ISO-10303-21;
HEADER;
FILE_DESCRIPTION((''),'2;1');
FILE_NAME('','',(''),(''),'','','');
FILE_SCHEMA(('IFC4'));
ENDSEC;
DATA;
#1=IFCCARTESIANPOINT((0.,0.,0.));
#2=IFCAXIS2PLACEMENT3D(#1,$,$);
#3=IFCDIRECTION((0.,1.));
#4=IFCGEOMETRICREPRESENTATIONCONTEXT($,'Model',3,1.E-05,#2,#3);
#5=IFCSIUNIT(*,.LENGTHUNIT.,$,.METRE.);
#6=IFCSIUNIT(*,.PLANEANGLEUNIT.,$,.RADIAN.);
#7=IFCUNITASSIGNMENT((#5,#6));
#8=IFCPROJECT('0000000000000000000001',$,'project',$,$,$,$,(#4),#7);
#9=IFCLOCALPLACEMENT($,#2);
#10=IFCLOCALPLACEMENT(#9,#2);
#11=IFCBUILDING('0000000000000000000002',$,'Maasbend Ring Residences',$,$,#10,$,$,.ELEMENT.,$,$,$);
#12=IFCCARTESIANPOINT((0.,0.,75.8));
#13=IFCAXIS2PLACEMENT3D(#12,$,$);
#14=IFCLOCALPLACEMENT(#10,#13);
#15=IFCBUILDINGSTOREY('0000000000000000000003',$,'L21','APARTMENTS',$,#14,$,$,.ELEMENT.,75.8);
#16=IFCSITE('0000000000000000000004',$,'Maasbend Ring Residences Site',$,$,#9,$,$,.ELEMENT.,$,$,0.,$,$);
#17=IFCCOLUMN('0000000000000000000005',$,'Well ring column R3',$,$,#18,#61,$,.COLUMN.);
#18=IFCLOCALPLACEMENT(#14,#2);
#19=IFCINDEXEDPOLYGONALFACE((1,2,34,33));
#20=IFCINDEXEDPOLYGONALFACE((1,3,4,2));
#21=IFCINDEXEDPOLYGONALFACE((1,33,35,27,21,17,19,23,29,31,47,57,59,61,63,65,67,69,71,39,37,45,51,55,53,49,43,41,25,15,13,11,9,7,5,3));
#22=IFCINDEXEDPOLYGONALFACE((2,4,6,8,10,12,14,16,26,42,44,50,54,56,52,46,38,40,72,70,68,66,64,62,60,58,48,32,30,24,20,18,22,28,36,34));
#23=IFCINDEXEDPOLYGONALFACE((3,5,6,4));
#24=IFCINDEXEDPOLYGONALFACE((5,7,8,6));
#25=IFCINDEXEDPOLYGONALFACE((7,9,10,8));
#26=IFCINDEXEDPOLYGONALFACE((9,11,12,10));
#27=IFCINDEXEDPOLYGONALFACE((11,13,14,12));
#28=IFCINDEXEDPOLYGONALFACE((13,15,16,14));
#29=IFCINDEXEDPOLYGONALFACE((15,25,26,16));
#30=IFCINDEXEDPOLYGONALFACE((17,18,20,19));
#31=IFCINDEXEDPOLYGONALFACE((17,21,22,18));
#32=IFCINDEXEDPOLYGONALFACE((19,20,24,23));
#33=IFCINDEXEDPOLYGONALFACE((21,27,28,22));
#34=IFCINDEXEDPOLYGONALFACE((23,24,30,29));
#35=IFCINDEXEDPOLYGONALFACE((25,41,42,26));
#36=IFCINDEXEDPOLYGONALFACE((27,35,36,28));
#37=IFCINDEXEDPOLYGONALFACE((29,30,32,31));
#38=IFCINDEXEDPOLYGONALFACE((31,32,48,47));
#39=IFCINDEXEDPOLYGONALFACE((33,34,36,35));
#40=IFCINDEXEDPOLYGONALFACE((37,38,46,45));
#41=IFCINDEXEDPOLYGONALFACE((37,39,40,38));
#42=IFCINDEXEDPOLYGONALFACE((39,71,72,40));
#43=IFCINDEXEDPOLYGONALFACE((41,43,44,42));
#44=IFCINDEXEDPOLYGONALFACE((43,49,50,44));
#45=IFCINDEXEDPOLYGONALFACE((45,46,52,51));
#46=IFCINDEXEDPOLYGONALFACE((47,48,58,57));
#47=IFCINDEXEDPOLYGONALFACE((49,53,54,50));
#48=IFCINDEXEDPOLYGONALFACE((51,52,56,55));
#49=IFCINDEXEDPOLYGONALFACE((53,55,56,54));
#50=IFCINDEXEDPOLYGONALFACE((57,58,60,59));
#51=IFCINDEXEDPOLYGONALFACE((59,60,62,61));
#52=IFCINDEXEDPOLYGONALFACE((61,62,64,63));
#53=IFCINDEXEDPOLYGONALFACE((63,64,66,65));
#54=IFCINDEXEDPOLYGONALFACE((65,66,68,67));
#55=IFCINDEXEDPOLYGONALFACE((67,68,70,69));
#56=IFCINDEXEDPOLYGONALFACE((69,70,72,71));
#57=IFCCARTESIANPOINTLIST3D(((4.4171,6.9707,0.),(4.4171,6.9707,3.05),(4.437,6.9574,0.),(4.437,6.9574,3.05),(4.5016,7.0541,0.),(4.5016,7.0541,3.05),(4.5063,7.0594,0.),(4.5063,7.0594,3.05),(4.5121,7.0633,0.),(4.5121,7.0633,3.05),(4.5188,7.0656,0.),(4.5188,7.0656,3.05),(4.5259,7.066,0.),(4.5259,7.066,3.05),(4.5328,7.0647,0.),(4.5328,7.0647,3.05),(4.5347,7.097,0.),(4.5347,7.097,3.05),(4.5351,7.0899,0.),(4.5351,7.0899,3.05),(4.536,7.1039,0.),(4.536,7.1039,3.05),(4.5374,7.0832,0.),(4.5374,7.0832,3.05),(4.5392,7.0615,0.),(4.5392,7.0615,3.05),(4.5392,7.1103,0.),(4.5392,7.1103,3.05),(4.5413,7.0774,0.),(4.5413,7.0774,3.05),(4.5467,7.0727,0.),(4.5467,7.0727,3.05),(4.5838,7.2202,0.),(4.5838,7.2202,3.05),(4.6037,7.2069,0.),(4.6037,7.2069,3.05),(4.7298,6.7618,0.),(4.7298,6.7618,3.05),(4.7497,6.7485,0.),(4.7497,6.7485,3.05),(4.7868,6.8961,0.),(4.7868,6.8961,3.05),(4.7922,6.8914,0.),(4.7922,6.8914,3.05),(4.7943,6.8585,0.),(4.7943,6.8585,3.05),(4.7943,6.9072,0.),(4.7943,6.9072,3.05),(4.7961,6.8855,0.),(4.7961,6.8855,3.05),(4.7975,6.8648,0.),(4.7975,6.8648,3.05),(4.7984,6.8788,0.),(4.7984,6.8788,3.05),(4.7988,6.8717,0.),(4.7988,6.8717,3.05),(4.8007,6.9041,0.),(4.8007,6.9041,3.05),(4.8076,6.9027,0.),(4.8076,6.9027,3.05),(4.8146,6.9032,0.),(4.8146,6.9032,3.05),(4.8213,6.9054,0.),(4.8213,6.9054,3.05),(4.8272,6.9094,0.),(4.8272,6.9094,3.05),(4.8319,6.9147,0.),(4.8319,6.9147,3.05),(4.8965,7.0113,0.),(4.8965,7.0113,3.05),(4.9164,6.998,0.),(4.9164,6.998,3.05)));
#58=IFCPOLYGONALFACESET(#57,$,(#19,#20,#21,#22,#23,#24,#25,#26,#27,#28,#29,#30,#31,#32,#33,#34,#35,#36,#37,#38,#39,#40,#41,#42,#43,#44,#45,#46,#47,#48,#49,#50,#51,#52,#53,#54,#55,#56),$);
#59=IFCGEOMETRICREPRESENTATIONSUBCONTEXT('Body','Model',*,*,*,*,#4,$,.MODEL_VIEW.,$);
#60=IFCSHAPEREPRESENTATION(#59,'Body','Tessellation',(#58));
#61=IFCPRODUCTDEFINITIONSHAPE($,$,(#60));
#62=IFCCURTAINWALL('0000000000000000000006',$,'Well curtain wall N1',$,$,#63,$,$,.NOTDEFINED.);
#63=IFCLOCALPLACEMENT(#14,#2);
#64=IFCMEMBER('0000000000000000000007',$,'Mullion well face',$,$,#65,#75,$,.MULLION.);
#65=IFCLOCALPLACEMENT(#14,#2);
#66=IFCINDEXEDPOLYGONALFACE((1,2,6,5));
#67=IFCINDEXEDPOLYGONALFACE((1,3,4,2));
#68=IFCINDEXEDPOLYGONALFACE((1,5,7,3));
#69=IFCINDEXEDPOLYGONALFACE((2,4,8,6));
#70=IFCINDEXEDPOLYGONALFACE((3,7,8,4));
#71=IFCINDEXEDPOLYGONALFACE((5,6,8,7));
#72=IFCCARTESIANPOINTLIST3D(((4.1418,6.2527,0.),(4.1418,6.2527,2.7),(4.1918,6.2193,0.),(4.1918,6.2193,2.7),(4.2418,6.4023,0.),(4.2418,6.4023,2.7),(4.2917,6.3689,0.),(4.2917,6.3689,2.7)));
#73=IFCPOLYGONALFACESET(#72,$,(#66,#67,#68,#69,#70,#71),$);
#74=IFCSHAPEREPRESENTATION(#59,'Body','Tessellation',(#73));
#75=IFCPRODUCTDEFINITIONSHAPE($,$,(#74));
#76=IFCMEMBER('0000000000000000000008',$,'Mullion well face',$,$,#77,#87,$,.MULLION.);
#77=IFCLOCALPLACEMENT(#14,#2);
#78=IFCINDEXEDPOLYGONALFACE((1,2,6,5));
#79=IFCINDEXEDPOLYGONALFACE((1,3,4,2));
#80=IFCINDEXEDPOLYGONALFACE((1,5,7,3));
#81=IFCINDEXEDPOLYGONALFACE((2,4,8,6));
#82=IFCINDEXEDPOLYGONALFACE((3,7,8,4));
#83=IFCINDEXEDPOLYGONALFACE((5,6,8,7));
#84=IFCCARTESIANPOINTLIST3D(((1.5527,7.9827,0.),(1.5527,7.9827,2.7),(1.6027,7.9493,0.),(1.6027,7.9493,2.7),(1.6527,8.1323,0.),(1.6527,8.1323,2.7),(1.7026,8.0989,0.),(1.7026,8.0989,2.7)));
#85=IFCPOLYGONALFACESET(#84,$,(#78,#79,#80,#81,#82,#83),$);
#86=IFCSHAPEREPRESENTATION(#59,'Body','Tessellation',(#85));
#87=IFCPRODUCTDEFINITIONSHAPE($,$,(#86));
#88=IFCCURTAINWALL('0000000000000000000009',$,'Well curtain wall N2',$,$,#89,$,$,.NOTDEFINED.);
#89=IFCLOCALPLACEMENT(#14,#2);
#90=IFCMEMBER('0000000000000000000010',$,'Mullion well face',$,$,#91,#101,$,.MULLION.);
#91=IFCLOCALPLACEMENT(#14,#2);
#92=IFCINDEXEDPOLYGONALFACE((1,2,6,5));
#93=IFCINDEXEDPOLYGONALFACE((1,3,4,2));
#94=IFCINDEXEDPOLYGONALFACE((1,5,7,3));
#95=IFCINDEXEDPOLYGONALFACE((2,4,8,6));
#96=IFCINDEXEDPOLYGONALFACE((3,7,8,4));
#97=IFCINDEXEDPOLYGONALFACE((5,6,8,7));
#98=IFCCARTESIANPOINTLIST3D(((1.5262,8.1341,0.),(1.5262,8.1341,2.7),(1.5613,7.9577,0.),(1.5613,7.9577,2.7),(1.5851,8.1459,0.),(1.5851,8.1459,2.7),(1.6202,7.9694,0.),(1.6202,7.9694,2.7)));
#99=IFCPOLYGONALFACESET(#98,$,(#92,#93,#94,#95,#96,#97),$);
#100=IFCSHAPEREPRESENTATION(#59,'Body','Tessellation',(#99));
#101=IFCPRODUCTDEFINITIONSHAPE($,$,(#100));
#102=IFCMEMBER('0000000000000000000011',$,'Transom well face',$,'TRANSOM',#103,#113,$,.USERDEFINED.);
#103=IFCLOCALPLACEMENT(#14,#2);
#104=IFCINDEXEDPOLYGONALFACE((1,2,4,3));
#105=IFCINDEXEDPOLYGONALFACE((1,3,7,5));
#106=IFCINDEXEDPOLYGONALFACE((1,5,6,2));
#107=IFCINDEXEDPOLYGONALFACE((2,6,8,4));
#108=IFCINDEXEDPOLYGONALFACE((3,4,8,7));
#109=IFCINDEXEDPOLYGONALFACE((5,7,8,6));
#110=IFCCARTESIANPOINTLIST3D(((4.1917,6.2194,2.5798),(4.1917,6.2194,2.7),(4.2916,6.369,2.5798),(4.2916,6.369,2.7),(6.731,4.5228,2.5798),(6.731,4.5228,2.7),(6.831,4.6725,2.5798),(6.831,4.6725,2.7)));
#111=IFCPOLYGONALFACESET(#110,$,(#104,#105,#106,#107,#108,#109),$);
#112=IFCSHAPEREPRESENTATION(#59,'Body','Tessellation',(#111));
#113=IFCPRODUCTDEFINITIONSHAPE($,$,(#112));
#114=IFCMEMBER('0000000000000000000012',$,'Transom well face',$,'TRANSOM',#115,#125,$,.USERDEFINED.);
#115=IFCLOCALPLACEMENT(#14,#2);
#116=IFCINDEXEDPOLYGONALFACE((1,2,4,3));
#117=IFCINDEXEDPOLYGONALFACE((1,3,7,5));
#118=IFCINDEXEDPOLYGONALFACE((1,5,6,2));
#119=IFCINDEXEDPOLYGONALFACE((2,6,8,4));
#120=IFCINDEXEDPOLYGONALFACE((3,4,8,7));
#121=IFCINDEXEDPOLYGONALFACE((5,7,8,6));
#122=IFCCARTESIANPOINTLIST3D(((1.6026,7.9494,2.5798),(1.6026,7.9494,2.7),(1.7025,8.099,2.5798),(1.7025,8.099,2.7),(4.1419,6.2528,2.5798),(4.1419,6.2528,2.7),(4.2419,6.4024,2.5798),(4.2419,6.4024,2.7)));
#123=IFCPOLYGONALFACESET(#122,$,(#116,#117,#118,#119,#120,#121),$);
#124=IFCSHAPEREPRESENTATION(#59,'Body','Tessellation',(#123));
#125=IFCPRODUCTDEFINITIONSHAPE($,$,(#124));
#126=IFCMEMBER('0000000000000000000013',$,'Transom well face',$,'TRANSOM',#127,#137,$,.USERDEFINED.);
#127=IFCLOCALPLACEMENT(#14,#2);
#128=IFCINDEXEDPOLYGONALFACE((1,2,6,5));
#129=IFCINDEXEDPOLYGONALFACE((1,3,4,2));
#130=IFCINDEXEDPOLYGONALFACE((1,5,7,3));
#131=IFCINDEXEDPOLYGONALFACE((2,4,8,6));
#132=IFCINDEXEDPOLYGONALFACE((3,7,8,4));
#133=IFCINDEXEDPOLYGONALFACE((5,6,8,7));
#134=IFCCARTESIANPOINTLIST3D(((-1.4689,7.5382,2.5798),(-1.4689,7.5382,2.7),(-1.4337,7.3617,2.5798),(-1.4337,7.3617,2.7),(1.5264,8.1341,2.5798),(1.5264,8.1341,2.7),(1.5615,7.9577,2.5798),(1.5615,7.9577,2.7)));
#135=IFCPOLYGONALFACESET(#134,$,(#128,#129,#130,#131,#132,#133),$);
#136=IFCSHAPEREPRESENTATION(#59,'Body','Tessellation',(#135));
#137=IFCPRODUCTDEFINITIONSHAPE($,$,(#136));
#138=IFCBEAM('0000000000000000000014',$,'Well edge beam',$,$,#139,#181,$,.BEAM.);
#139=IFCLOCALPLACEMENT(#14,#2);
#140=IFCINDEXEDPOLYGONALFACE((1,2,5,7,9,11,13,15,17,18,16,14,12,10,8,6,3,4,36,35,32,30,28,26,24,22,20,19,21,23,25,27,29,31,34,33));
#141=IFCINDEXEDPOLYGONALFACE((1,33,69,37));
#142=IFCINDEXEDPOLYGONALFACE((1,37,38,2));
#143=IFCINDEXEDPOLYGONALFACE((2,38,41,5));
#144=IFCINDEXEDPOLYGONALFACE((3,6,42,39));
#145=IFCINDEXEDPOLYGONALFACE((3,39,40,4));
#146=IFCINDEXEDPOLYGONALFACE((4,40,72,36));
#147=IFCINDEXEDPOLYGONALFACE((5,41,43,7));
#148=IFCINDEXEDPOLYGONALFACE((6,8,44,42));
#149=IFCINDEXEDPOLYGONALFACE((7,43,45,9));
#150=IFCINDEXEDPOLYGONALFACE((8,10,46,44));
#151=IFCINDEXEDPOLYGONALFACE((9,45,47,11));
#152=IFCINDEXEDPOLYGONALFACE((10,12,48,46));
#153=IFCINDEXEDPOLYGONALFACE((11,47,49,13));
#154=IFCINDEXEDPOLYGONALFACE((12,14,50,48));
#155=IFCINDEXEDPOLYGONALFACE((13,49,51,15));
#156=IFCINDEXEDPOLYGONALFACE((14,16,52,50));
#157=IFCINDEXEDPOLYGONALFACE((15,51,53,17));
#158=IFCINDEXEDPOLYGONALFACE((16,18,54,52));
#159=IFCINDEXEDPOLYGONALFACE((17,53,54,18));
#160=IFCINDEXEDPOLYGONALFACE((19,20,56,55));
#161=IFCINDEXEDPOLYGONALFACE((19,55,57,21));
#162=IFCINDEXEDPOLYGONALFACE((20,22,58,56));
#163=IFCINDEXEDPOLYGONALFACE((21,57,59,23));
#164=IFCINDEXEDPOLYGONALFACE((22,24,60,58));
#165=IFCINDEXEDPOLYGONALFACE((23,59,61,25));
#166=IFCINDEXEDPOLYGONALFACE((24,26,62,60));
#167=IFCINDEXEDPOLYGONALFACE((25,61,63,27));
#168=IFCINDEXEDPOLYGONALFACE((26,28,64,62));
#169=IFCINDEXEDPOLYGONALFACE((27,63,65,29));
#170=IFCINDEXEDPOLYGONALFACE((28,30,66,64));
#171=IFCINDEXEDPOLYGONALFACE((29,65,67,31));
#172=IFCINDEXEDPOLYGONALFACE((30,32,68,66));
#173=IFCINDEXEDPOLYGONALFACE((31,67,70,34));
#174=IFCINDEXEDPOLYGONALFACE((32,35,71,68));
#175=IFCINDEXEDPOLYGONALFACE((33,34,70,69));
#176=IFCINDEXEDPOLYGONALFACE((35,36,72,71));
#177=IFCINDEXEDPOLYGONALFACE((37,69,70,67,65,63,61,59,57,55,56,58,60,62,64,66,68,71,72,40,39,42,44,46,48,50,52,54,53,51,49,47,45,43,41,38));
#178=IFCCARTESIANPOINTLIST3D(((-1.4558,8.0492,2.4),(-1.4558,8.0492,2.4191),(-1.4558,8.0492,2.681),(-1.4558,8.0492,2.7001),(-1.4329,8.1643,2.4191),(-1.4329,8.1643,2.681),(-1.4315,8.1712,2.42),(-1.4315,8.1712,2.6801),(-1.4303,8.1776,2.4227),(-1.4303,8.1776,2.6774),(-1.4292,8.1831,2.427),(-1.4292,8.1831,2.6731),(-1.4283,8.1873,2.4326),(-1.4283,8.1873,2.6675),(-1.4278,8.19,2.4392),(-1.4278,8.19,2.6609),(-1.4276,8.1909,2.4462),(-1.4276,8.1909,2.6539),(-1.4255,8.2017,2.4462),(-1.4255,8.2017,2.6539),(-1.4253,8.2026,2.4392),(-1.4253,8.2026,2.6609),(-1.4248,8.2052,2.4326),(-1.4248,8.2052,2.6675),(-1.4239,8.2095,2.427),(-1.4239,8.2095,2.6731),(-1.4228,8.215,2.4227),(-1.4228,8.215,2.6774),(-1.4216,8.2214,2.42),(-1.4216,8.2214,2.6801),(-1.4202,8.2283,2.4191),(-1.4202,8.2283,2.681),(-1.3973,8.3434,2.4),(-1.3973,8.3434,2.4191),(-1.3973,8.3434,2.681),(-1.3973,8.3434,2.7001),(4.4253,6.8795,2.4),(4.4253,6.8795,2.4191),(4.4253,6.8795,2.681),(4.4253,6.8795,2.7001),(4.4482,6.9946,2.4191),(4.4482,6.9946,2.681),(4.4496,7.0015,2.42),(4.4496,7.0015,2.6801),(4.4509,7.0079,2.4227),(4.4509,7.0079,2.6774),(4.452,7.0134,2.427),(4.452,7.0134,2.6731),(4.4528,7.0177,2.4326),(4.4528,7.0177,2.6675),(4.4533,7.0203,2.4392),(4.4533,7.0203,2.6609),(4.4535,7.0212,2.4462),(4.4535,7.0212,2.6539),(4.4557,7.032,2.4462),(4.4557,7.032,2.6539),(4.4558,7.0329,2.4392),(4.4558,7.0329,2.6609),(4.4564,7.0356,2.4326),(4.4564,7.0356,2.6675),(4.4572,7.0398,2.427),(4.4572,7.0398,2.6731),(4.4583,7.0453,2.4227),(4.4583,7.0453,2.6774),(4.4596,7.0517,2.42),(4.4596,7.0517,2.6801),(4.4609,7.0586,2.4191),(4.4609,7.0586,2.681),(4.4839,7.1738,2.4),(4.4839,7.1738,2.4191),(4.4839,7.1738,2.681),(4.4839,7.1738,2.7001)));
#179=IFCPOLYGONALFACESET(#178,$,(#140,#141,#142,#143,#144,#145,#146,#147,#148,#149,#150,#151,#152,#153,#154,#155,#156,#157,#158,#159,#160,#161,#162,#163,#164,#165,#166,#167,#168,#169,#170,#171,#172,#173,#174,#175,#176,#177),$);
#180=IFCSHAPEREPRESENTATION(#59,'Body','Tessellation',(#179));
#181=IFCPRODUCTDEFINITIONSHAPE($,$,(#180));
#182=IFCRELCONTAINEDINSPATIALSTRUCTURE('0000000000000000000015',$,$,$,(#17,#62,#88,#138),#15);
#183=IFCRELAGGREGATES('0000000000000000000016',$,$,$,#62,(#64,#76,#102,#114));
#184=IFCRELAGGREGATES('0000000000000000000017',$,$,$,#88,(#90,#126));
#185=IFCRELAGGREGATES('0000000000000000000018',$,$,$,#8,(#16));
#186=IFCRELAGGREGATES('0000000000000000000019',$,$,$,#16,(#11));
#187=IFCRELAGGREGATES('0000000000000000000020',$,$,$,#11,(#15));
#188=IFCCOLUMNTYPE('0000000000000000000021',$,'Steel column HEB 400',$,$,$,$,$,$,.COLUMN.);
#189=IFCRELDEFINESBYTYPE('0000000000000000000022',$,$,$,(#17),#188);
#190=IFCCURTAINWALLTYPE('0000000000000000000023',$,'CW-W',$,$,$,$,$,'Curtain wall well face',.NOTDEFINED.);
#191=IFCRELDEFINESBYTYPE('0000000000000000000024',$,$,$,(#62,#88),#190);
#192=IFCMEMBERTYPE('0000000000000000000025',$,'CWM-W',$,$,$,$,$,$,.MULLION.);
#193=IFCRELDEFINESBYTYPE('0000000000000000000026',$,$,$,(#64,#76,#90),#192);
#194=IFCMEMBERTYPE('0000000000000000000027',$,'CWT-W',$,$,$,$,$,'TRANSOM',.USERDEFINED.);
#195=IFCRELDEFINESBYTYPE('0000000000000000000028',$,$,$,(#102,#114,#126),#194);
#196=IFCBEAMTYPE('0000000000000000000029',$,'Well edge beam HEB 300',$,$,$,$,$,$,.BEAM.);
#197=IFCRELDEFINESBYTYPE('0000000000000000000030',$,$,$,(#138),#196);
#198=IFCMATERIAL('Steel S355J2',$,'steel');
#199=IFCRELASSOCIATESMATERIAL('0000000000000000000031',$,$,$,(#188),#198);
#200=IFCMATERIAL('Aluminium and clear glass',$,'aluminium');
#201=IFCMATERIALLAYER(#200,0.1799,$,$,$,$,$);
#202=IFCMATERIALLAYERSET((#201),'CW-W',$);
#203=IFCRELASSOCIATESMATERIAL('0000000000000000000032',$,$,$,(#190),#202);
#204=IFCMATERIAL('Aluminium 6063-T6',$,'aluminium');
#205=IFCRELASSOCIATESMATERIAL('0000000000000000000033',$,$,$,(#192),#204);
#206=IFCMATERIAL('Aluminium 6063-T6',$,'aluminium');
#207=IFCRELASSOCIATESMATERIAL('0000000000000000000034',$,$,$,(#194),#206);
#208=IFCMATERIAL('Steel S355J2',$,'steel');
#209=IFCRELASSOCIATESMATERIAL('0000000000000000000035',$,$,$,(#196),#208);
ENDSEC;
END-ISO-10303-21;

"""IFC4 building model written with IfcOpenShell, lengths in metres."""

from ifc_helpers import new_model, si_unit, direction, frame, origin, origin_2d, place, context, subcontext, project, spatial, rectangle, i_section, extrude, material, layer, layer_set, material_profile, profile_set, type_object, element, aggregate, save


model = new_model("IFC4")

# Units and contexts
model_context = context("Model", 3, precision=1e-05, world=origin(), true_north=direction((0.0, 1.0)))
body_context = subcontext(model_context, "Body", "Model", "MODEL_VIEW")
ifc_project = project(units=[si_unit("LENGTHUNIT", "METRE"), si_unit("PLANEANGLEUNIT", "RADIAN")], contexts=[model_context])

# Site, building, storey
site_placement = place(None, origin())
site = spatial("IfcSite", under=ifc_project, at=site_placement, Name="Maasbend Ring Residences Site", CompositionType="ELEMENT", RefElevation=0.0)
building_placement = place(site_placement, origin())
building = spatial("IfcBuilding", under=site, at=building_placement, Name="Maasbend Ring Residences", CompositionType="ELEMENT")
storey_placement = place(building_placement, frame((0.0, 0.0, 75.8)))
storey = spatial("IfcBuildingStorey", under=building, at=storey_placement, Name="L21", Description="APARTMENTS", CompositionType="ELEMENT", Elevation=75.8)

# Column
ifc_material_1 = material(Name="Steel S355J2", Category="steel")
ifc_material_profile_1 = material_profile(ifc_material_1, i_section(OverallWidth=0.3, OverallDepth=0.3999, WebThickness=0.0134, FlangeThickness=0.0239, FilletRadius=0.0271, at=origin_2d()), Name="HEB 400")
ifc_profile_set_1 = profile_set([ifc_material_profile_1], Name="Steel S355J2")
column_type = type_object("IfcColumnType", Name="Steel column HEB 400", PredefinedType="COLUMN", material=ifc_profile_set_1)
column_placement = place(storey_placement, frame((4.6667, 6.9844, 0.0), z_axis=(0.0, 0.0, 1.0), x_axis=(0.55557, 0.83147, 0.0)))
element("IfcColumn", 1, at=column_placement, inside=storey, type_object=column_type, Name="Well ring column R3", PredefinedType="COLUMN", context=body_context, shape_type="SweptSolid", body=[
    extrude(i_section(OverallWidth=0.3, OverallDepth=0.3999, WebThickness=0.0134, FlangeThickness=0.0239, FilletRadius=0.0271, at=origin_2d()), origin(), (0.0, 0.0, 1.0), 3.05),
])

# Curtain wall, members
ifc_material_2 = material(Name="Aluminium and clear glass", Category="aluminium")
ifc_layer_1 = layer(ifc_material_2, 0.1799)
ifc_layer_set_1 = layer_set([ifc_layer_1], Name="CW-W")
curtain_wall_type = type_object("IfcCurtainWallType", Name="CW-W", ElementType="Curtain wall well face", PredefinedType="NOTDEFINED", material=ifc_layer_set_1)
curtain_wall_1_placement = place(storey_placement, origin())
curtain_wall_1 = element("IfcCurtainWall", 2, at=curtain_wall_1_placement, inside=storey, type_object=curtain_wall_type, Name="Well curtain wall N1", PredefinedType="NOTDEFINED")
ifc_material_3 = material(Name="Aluminium 6063-T6", Category="aluminium")
ifc_material_profile_2 = material_profile(ifc_material_3, rectangle(XDim=0.1799, YDim=0.0601, at=origin_2d()), Name="AL 180x60")
ifc_profile_set_2 = profile_set([ifc_material_profile_2], Name="Aluminium 6063-T6")
member_type_1 = type_object("IfcMemberType", Name="CWM-W", PredefinedType="MULLION", material=ifc_profile_set_2)
member_1_placement = place(storey_placement, frame((4.2168, 6.3108, 0.0), z_axis=(0.0, 0.0, 1.0), x_axis=(-0.55557, -0.83147, 0.0)))
member_1 = element("IfcMember", 3, at=member_1_placement, type_object=member_type_1, Name="Mullion well face", PredefinedType="MULLION", context=body_context, shape_type="SweptSolid", body=[
    extrude(rectangle(XDim=0.1799, YDim=0.0601, at=origin_2d()), origin(), (0.0, 0.0, 1.0), 2.7),
])
member_2_placement = place(storey_placement, frame((1.6277, 8.0408, 0.0), z_axis=(0.0, 0.0, 1.0), x_axis=(-0.55557, -0.83147, 0.0)))
member_2 = element("IfcMember", 4, at=member_2_placement, type_object=member_type_1, Name="Mullion well face", PredefinedType="MULLION", context=body_context, shape_type="SweptSolid", body=[
    extrude(rectangle(XDim=0.1799, YDim=0.0601, at=origin_2d()), origin(), (0.0, 0.0, 1.0), 2.7),
])

# Curtain wall, member
curtain_wall_2_placement = place(storey_placement, origin())
curtain_wall_2 = element("IfcCurtainWall", 5, at=curtain_wall_2_placement, inside=storey, type_object=curtain_wall_type, Name="Well curtain wall N2", PredefinedType="NOTDEFINED")
member_3_placement = place(storey_placement, frame((1.5732, 8.0518, 0.0), z_axis=(0.0, 0.0, 1.0), x_axis=(0.19509, -0.980785, 0.0)))
member_3 = element("IfcMember", 6, at=member_3_placement, type_object=member_type_1, Name="Mullion well face", PredefinedType="MULLION", context=body_context, shape_type="SweptSolid", body=[
    extrude(rectangle(XDim=0.1799, YDim=0.0601, at=origin_2d()), origin(), (0.0, 0.0, 1.0), 2.7),
])

# Members
ifc_material_4 = material(Name="Aluminium 6063-T6", Category="aluminium")
ifc_material_profile_3 = material_profile(ifc_material_4, rectangle(XDim=0.1799, YDim=0.1201, at=origin_2d()), Name="AL 180x120")
ifc_profile_set_3 = profile_set([ifc_material_profile_3], Name="Aluminium 6063-T6")
member_type_2 = type_object("IfcMemberType", Name="CWT-W", ElementType="TRANSOM", PredefinedType="USERDEFINED", material=ifc_profile_set_3)
member_4_placement = place(storey_placement, frame((6.781, 4.5977, 2.6399), z_axis=(-0.831496, 0.55553, 0.0), x_axis=(-0.55553, -0.831496, 0.0)))
member_4 = element("IfcMember", 7, at=member_4_placement, type_object=member_type_2, Name="Transom well face", ObjectType="TRANSOM", PredefinedType="USERDEFINED", context=body_context, shape_type="SweptSolid", body=[
    extrude(rectangle(XDim=0.1799, YDim=0.1201, at=origin_2d()), origin(), (0.0, 0.0, 1.0), 3.054),
])
member_5_placement = place(storey_placement, frame((4.1919, 6.3276, 2.6399), z_axis=(-0.831496, 0.55553, 0.0), x_axis=(-0.55553, -0.831496, 0.0)))
member_5 = element("IfcMember", 8, at=member_5_placement, type_object=member_type_2, Name="Transom well face", ObjectType="TRANSOM", PredefinedType="USERDEFINED", context=body_context, shape_type="SweptSolid", body=[
    extrude(rectangle(XDim=0.1799, YDim=0.1201, at=origin_2d()), origin(), (0.0, 0.0, 1.0), 3.054),
])
member_6_placement = place(storey_placement, frame((1.5439, 8.0459, 2.6399), z_axis=(-0.980777, -0.195132, 0.0), x_axis=(0.195132, -0.980777, 0.0)))
member_6 = element("IfcMember", 9, at=member_6_placement, type_object=member_type_2, Name="Transom well face", ObjectType="TRANSOM", PredefinedType="USERDEFINED", context=body_context, shape_type="SweptSolid", body=[
    extrude(rectangle(XDim=0.1799, YDim=0.1201, at=origin_2d()), origin(), (0.0, 0.0, 1.0), 3.054),
])

# Beam
ifc_material_5 = material(Name="Steel S355J2", Category="steel")
ifc_material_profile_4 = material_profile(ifc_material_5, i_section(OverallWidth=0.3, OverallDepth=0.3, WebThickness=0.011, FlangeThickness=0.019, FilletRadius=0.0271, at=origin_2d()), Name="HEB 300")
ifc_profile_set_4 = profile_set([ifc_material_profile_4], Name="Steel S355J2")
beam_type = type_object("IfcBeamType", Name="Well edge beam HEB 300", PredefinedType="BEAM", material=ifc_profile_set_4)
beam_placement = place(storey_placement, frame((4.4546, 7.0266, 2.55), z_axis=(-0.98079, 0.195067, 0.0), x_axis=(-0.195067, -0.98079, 0.0)))
element("IfcBeam", 10, at=beam_placement, inside=storey, type_object=beam_type, Name="Well edge beam", PredefinedType="BEAM", context=body_context, shape_type="SweptSolid", body=[
    extrude(i_section(OverallWidth=0.3, OverallDepth=0.3, WebThickness=0.011, FlangeThickness=0.019, FilletRadius=0.0271, at=origin_2d()), origin(), (0.0, 0.0, 1.0), 5.9963),
])

aggregate(curtain_wall_1, [member_1, member_2, member_4, member_5])
aggregate(curtain_wall_2, [member_3, member_6])

save(model, "model.ifc")
